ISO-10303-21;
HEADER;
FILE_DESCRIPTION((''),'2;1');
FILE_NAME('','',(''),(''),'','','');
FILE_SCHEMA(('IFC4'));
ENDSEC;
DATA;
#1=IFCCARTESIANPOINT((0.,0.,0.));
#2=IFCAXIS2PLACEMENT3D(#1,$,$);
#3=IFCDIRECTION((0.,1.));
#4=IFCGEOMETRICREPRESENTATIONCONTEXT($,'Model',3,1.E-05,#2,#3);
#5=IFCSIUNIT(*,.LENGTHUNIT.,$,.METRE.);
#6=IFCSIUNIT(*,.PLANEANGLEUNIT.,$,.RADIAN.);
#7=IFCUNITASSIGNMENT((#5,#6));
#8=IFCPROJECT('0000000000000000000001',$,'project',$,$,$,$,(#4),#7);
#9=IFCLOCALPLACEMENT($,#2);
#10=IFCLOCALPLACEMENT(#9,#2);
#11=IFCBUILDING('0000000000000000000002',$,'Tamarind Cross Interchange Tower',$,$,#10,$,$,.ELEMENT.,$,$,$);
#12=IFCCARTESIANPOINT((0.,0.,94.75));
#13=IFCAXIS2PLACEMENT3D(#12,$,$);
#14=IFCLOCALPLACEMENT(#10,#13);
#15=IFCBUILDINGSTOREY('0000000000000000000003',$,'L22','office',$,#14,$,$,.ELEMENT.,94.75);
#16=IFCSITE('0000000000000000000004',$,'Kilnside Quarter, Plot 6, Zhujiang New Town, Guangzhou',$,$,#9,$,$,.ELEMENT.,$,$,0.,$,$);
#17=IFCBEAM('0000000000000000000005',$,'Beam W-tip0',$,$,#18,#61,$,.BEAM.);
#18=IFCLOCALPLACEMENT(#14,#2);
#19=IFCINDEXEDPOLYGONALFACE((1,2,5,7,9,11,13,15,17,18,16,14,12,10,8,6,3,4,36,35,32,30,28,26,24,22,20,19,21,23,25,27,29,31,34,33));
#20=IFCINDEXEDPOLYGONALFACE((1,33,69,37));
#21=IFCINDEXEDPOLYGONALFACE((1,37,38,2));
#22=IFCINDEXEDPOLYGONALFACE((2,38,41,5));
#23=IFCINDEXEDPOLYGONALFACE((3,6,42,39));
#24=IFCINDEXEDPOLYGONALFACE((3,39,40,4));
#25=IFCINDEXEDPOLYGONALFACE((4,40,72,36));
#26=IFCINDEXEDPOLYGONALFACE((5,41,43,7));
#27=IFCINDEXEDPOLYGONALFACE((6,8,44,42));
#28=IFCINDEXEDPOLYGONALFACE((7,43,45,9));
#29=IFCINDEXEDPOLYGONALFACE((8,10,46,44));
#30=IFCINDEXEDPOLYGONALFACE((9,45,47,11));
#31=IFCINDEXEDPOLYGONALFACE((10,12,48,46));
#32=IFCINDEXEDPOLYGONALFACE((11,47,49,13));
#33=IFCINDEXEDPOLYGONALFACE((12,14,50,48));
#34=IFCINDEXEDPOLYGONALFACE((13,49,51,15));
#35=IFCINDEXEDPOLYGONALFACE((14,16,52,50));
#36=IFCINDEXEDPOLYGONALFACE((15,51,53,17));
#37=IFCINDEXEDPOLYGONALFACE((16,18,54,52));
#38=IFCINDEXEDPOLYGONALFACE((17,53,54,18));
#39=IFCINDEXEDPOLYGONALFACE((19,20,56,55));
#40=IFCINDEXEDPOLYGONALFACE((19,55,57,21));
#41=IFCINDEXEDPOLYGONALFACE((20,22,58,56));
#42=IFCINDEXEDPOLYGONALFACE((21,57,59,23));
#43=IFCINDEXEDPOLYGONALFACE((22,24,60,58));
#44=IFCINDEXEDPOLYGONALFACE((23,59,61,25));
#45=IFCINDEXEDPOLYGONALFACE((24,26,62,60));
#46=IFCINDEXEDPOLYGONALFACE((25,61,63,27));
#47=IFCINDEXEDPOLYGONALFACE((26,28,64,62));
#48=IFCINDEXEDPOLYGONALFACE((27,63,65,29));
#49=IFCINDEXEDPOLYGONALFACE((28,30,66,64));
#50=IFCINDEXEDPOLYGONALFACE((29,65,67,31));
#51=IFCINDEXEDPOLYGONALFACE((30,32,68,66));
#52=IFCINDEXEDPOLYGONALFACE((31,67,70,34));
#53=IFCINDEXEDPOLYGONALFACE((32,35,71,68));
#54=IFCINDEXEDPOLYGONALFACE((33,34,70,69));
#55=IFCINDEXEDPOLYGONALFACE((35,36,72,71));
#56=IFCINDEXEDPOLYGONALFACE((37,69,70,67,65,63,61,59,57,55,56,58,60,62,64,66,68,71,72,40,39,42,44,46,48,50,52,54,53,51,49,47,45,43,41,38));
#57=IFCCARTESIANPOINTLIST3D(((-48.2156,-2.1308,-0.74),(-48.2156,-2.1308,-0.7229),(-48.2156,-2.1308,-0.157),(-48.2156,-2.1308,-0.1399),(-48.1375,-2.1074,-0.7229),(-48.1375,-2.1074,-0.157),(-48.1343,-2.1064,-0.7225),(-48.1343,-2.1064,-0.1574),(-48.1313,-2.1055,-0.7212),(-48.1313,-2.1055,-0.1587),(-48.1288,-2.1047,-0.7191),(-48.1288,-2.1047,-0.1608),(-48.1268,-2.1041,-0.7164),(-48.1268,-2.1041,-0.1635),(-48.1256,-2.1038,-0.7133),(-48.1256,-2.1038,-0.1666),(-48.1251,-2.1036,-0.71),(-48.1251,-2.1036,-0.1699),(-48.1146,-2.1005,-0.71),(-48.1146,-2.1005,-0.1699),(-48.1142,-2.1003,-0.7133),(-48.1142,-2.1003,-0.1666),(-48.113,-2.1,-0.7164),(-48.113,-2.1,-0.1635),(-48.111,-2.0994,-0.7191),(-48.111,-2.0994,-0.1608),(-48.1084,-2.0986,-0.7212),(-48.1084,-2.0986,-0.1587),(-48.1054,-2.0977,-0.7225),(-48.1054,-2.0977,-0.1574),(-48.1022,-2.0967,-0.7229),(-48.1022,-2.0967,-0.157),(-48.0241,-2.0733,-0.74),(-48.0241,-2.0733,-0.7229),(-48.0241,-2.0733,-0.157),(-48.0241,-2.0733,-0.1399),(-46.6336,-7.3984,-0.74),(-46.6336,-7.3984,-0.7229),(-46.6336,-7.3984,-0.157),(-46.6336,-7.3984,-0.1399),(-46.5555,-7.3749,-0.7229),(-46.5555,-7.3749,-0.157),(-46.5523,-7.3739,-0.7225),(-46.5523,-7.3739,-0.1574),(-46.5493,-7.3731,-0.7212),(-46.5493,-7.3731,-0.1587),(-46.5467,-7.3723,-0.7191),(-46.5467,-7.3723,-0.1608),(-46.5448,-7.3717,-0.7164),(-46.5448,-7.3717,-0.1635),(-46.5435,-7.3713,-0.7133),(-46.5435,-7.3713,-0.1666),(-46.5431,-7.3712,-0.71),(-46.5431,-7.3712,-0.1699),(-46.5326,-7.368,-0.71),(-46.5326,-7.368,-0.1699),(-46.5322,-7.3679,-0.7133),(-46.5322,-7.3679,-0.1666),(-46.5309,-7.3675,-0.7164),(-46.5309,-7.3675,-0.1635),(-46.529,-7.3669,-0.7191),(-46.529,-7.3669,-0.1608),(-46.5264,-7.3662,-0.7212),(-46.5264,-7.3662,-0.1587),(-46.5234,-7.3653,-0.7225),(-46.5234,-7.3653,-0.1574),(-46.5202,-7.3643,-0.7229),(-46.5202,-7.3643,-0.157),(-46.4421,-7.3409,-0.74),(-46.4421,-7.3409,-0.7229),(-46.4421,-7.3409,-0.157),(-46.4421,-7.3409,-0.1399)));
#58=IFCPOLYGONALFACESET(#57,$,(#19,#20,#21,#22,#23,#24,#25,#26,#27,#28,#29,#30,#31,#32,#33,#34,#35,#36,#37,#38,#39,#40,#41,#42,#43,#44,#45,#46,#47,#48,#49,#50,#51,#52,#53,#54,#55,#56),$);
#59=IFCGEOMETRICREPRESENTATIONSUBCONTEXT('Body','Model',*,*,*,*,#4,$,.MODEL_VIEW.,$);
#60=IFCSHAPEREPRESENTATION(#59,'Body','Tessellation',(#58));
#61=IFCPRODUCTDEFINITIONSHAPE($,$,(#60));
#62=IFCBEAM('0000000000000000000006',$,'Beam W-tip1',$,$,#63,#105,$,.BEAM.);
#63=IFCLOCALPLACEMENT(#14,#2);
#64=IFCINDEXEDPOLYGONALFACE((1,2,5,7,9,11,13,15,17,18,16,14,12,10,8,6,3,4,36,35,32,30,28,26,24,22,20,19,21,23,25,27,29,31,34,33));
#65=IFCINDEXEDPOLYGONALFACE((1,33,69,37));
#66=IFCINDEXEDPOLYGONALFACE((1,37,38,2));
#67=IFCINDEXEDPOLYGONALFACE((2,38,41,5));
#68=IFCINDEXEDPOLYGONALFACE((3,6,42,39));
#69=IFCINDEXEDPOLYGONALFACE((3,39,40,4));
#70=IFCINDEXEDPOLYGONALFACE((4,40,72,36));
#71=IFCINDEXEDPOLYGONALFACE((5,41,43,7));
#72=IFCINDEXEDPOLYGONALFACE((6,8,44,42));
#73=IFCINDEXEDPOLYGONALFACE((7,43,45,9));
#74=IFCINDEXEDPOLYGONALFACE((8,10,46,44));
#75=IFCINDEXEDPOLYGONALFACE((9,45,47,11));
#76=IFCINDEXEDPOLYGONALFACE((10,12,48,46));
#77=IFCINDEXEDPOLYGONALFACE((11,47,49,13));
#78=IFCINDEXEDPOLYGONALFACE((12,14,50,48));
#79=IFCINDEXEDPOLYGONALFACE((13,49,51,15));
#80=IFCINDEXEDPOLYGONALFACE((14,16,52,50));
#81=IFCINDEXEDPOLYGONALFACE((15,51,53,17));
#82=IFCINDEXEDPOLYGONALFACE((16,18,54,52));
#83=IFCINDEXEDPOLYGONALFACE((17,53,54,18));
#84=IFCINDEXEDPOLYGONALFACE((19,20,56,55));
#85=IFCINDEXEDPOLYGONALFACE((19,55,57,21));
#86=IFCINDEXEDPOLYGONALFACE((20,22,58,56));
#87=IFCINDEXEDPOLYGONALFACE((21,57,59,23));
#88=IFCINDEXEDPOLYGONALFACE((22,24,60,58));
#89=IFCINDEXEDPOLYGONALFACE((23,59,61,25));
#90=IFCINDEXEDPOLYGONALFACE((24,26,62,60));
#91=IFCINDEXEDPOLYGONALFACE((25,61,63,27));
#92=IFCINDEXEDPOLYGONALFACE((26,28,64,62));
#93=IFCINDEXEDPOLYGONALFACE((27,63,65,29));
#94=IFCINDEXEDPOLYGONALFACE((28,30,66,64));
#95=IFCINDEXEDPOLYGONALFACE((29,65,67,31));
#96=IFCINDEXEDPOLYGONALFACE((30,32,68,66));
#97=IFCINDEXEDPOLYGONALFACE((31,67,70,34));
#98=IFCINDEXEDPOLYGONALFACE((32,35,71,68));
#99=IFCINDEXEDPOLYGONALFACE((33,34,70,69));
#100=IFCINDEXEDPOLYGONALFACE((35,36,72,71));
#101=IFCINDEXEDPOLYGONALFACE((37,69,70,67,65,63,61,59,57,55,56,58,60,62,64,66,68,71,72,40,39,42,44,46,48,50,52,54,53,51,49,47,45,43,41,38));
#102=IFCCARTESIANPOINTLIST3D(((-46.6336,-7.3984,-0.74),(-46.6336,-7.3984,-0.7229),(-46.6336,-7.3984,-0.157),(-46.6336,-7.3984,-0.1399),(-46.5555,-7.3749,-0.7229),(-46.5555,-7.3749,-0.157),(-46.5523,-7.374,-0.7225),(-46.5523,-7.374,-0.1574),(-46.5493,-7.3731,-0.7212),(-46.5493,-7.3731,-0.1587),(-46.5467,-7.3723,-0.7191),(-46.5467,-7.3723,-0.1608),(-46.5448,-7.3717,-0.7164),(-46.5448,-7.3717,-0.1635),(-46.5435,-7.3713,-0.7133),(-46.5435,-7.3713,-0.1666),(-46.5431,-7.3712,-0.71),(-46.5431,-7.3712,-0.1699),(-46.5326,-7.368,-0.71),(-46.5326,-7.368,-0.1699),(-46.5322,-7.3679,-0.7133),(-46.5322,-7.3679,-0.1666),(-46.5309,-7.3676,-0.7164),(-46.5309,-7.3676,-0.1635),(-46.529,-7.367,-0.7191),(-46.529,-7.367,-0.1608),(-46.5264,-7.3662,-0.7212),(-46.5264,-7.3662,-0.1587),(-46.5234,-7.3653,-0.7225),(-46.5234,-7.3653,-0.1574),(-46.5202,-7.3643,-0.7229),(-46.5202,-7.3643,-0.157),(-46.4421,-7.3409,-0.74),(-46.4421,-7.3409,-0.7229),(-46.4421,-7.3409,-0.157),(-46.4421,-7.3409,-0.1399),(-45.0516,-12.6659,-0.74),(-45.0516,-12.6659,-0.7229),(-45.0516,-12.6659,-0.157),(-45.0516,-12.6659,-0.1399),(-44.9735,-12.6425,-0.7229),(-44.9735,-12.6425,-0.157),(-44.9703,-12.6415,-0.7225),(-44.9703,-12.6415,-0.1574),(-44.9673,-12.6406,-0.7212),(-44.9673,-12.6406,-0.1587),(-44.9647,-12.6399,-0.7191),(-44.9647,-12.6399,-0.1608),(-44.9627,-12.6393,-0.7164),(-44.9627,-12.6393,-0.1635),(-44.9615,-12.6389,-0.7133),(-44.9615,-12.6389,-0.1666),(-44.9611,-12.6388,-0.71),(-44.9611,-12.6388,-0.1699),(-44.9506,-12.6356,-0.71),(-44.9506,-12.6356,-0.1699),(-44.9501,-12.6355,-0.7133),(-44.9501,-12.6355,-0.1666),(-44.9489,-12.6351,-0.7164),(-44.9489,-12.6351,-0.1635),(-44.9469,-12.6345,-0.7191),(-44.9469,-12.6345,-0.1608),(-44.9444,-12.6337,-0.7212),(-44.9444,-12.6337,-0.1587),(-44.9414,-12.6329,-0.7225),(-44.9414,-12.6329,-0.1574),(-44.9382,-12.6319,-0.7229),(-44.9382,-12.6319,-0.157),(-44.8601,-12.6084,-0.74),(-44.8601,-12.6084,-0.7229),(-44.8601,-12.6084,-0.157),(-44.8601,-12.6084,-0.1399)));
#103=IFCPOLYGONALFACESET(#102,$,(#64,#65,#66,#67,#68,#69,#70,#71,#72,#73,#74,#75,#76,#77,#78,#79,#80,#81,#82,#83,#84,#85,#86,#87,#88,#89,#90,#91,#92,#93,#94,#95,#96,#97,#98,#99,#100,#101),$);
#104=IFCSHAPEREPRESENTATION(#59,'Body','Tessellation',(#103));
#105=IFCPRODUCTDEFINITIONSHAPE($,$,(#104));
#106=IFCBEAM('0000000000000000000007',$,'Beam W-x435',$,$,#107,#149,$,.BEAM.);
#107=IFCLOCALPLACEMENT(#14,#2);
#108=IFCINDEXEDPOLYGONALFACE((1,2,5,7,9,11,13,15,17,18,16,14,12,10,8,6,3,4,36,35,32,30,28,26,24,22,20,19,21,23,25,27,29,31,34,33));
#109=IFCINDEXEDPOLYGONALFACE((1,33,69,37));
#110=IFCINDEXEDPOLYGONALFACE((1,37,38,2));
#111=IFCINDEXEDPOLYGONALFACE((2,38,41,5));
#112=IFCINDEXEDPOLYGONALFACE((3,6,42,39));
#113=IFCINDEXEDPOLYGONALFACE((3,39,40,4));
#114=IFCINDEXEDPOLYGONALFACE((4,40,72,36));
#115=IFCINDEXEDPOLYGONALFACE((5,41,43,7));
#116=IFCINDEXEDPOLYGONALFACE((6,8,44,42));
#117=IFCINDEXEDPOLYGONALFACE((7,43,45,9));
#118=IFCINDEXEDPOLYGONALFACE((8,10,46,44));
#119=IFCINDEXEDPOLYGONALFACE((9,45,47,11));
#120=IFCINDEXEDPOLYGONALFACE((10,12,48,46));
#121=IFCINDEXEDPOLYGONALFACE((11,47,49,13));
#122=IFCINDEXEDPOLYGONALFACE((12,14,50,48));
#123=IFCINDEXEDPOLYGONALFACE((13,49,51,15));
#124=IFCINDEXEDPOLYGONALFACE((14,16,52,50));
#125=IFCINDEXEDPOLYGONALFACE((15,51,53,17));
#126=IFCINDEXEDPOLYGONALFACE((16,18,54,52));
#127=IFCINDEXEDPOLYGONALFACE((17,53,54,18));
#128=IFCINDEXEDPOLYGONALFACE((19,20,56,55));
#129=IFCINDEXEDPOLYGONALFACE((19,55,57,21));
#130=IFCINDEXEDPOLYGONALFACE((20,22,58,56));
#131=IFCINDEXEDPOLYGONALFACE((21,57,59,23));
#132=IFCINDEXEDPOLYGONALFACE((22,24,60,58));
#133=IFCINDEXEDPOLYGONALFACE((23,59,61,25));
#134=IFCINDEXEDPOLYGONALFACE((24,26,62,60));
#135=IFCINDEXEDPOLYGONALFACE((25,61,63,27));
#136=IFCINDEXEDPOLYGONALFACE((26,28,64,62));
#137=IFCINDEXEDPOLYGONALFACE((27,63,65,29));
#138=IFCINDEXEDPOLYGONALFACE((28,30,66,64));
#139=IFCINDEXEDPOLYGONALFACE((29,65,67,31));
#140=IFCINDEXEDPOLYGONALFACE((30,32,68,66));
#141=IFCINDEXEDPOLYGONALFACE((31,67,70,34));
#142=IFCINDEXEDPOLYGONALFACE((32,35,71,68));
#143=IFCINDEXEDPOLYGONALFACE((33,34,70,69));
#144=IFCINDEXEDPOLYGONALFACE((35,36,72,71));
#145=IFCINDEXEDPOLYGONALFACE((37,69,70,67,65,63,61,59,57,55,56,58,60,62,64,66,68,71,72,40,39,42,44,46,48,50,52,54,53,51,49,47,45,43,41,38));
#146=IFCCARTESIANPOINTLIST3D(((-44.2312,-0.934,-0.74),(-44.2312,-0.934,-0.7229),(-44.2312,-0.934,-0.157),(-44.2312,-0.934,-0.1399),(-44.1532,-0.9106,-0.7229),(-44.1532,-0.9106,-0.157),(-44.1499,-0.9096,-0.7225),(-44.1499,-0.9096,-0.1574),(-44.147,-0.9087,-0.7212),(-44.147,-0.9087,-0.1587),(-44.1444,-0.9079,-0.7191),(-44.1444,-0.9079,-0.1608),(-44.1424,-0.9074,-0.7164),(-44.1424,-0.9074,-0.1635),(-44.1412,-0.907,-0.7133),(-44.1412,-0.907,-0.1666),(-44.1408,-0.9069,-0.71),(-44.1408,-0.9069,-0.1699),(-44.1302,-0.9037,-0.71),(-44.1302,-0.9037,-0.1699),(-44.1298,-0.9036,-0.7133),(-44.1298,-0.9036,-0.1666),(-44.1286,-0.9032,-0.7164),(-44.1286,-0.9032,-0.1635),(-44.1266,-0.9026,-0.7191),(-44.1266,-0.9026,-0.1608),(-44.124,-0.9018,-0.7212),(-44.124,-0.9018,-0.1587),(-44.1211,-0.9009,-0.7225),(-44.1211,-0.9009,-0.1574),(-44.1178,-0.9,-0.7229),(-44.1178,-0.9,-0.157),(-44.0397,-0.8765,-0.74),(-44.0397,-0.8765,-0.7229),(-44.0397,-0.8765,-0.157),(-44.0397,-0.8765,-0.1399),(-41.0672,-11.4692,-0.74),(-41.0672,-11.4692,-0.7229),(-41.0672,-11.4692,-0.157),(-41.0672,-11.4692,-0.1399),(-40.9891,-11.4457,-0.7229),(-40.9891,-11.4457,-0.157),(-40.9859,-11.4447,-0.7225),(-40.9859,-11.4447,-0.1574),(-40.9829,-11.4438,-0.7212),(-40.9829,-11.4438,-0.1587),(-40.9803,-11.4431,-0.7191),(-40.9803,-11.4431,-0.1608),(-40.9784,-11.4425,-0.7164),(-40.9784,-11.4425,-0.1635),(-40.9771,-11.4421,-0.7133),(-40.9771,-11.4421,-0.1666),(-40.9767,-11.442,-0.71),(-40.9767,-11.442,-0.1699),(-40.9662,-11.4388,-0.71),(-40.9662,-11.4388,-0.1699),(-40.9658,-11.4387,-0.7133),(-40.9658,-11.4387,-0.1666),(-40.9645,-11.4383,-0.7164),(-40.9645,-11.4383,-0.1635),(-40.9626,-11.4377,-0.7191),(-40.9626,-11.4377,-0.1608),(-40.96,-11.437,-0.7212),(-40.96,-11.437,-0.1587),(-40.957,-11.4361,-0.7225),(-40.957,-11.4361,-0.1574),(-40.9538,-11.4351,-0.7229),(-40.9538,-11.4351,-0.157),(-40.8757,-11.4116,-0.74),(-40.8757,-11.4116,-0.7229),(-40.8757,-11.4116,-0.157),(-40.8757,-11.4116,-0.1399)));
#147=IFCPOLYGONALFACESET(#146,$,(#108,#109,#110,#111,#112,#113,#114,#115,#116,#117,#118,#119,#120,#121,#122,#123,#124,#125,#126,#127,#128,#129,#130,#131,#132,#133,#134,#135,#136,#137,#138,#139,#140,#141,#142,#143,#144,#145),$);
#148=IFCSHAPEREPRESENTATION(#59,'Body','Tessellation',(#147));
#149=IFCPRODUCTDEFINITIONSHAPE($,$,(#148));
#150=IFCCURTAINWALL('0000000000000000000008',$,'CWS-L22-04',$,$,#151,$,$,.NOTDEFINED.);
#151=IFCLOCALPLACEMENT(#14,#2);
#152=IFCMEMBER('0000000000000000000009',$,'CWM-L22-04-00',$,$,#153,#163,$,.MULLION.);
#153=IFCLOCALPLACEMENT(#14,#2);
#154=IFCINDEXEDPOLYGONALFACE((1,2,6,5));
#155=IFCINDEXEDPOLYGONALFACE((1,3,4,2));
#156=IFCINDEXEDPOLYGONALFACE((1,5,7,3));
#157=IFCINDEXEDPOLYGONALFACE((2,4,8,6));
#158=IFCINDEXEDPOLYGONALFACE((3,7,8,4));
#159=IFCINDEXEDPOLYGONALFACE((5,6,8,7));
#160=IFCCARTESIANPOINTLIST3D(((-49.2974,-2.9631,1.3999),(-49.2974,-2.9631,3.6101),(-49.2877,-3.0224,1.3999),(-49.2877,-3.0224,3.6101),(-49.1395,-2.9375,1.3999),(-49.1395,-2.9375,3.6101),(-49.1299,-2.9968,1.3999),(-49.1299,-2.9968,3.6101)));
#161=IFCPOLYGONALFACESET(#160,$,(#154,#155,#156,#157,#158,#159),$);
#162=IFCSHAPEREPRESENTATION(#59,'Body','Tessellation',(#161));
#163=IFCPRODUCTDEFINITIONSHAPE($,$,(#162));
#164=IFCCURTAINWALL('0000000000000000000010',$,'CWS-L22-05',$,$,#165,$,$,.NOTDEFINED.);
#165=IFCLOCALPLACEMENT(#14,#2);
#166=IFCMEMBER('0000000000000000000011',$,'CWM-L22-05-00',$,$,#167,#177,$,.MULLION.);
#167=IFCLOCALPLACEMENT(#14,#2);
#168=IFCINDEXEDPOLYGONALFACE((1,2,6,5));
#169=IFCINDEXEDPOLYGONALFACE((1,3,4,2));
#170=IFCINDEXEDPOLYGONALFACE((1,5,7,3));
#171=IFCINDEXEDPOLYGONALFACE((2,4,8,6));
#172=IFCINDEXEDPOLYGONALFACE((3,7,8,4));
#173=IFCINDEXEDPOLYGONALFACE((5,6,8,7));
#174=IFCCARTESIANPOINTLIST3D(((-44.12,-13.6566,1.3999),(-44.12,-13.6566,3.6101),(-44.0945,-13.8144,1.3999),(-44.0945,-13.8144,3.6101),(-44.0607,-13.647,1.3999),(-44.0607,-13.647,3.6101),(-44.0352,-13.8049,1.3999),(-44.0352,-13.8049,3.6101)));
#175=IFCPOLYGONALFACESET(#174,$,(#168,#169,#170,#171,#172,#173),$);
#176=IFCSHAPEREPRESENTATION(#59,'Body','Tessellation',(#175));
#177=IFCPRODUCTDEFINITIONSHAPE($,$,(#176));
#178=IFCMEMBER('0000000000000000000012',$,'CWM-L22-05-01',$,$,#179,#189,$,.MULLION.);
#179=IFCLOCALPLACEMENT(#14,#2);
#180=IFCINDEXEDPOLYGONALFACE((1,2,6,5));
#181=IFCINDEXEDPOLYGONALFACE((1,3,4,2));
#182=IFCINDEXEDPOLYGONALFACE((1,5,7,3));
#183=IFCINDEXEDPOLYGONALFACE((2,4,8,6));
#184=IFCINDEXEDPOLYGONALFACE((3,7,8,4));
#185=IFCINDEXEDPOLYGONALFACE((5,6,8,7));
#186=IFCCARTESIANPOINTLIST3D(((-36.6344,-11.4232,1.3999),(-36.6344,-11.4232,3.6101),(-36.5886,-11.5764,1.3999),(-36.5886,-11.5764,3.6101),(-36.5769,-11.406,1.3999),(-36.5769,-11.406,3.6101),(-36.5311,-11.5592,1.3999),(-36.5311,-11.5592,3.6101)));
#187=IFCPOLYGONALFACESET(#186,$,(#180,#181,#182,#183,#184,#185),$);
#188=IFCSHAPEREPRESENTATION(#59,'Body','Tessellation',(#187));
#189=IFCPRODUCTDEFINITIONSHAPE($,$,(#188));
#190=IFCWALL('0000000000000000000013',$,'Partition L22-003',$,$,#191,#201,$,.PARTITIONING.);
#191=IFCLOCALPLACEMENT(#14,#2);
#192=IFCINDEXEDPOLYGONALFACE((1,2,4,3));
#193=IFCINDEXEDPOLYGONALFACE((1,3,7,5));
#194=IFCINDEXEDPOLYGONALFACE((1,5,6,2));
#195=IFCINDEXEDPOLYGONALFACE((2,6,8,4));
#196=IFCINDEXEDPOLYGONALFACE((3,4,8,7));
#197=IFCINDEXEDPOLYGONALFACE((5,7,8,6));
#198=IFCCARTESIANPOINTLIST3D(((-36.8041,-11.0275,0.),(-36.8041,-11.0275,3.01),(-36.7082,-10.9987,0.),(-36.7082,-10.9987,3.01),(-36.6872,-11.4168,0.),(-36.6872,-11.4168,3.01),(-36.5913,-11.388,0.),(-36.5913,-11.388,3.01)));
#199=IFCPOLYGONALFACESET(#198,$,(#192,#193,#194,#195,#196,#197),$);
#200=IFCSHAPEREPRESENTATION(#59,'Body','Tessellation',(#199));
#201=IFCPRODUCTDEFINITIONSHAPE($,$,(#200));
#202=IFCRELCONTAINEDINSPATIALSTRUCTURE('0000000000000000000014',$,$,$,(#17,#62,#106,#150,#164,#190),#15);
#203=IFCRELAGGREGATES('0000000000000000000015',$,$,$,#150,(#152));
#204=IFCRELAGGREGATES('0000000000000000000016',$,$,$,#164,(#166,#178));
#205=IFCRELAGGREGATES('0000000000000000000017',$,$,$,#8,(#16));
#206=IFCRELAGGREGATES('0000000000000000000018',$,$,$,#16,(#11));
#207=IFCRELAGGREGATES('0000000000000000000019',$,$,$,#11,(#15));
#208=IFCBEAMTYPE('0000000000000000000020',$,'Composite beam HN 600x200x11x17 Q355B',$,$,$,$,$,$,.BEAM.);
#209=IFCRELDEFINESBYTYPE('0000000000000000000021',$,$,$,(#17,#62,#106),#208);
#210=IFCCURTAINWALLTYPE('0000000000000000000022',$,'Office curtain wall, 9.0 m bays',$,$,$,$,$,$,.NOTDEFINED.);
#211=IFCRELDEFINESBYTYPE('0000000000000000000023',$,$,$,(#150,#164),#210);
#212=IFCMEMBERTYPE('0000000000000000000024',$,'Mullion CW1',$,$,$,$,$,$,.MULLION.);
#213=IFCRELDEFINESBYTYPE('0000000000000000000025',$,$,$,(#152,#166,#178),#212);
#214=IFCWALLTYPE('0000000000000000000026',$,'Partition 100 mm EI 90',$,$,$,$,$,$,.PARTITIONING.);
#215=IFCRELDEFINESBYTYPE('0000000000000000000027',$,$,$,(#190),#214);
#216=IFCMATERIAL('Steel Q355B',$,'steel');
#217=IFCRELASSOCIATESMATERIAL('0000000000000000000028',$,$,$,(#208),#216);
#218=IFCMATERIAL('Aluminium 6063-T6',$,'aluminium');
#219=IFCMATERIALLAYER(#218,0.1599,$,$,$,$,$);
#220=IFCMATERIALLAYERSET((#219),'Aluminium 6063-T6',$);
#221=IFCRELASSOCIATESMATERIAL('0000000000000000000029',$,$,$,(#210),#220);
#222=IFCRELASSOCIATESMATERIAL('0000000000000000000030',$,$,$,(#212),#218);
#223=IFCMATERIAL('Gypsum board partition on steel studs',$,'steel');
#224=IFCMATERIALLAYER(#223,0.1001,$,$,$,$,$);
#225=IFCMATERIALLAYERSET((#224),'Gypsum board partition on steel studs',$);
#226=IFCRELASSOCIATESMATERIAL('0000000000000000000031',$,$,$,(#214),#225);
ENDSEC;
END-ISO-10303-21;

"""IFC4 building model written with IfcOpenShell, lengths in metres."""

from ifc_helpers import new_model, si_unit, direction, frame, frame_2d, origin, origin_2d, place, context, subcontext, project, spatial, rectangle, i_section, extrude, material, layer, layer_set, material_profile, profile_set, type_object, element, aggregate, save


model = new_model("IFC4")

# Units and contexts
model_context = context("Model", 3, precision=1e-05, world=origin(), true_north=direction((0.0, 1.0)))
body_context = subcontext(model_context, "Body", "Model", "MODEL_VIEW")
ifc_project = project(units=[si_unit("LENGTHUNIT", "METRE"), si_unit("PLANEANGLEUNIT", "RADIAN")], contexts=[model_context])

# Site, building, storey
site_placement = place(None, origin())
site = spatial("IfcSite", under=ifc_project, at=site_placement, Name="Kilnside Quarter, Plot 6, Zhujiang New Town, Guangzhou", CompositionType="ELEMENT", RefElevation=0.0)
building_placement = place(site_placement, origin())
building = spatial("IfcBuilding", under=site, at=building_placement, Name="Tamarind Cross Interchange Tower", CompositionType="ELEMENT")
storey_placement = place(building_placement, frame((0.0, 0.0, 94.75)))
storey = spatial("IfcBuildingStorey", under=building, at=storey_placement, Name="L22", Description="office", CompositionType="ELEMENT", Elevation=94.75)

# Beams
ifc_material_1 = material(Name="Steel Q355B", Category="steel")
ifc_material_profile_1 = material_profile(ifc_material_1, i_section(OverallWidth=0.2, OverallDepth=0.6001, WebThickness=0.011, FlangeThickness=0.0171, FilletRadius=0.0129, at=origin_2d()), Name="HN 600x200x11x17")
ifc_profile_set_1 = profile_set([ifc_material_profile_1], Name="Steel Q355B")
beam_type_1 = type_object("IfcBeamType", Name="Composite beam HN 600x200x11x17 Q355B", PredefinedType="BEAM", material=ifc_profile_set_1)
for number, where, z_axis, x_axis, name in (
    (1, (-48.1199, -2.1021, -0.4399), (0.287641, -0.957738, 0.0), (0.957738, 0.287641, 0.0), "Beam W-tip0"),
    (2, (-46.5378, -7.3696, -0.4399), (0.287641, -0.957738, 0.0), (0.957738, 0.287641, 0.0), "Beam W-tip1"),
):
    element("IfcBeam", number, at=place(storey_placement, frame(where, z_axis=z_axis, x_axis=x_axis)), inside=storey, type_object=beam_type_1, Name=name, PredefinedType="BEAM", context=body_context, shape_type="SweptSolid", body=[
        extrude(i_section(OverallWidth=0.2, OverallDepth=0.6001, WebThickness=0.011, FlangeThickness=0.0171, FilletRadius=0.0129, at=origin_2d()), origin(), (0.0, 0.0, 1.0), 5.5),
    ])
beam_1_placement = place(storey_placement, frame((-44.1355, -0.9053, -0.4399), z_axis=(0.287641, -0.957738, 0.0), x_axis=(0.957738, 0.287641, 0.0)))
element("IfcBeam", 3, at=beam_1_placement, inside=storey, type_object=beam_type_1, Name="Beam W-x435", PredefinedType="BEAM", context=body_context, shape_type="SweptSolid", body=[
    extrude(i_section(OverallWidth=0.2, OverallDepth=0.6001, WebThickness=0.011, FlangeThickness=0.0171, FilletRadius=0.0129, at=origin_2d()), origin(), (0.0, 0.0, 1.0), 11.0),
])

# Curtain wall, member
ifc_material_2 = material(Name="Aluminium 6063-T6", Category="aluminium")
ifc_layer_1 = layer(ifc_material_2, 0.1599)
ifc_layer_set_1 = layer_set([ifc_layer_1], Name="Aluminium 6063-T6")
curtain_wall_type = type_object("IfcCurtainWallType", Name="Office curtain wall, 9.0 m bays", PredefinedType="NOTDEFINED", material=ifc_layer_set_1)
curtain_wall_1_placement = place(storey_placement, origin())
curtain_wall_1 = element("IfcCurtainWall", 4, at=curtain_wall_1_placement, inside=storey, type_object=curtain_wall_type, Name="CWS-L22-04", PredefinedType="NOTDEFINED")
ifc_material_profile_2 = material_profile(ifc_material_2, rectangle(XDim=0.0601, YDim=0.1599, at=origin_2d()), Name="Mullion CW1")
ifc_profile_set_2 = profile_set([ifc_material_profile_2], Name="Aluminium 6063-T6")
member_type = type_object("IfcMemberType", Name="Mullion CW1", PredefinedType="MULLION", material=ifc_profile_set_2)
member_1_placement = place(storey_placement, frame((-49.2136, -2.98, 1.3999), z_axis=(0.0, 0.0, 1.0), x_axis=(0.160171, -0.987089, 0.0)))
member_1 = element("IfcMember", 5, at=member_1_placement, type_object=member_type, Name="CWM-L22-04-00", PredefinedType="MULLION", context=body_context, shape_type="SweptSolid", body=[
    extrude(rectangle(XDim=0.0601, YDim=0.1599, at=origin_2d()), origin(), (0.0, 0.0, 1.0), 2.2102),
])
aggregate(curtain_wall_1, [member_1])

# Curtain wall, members
curtain_wall_2_placement = place(storey_placement, origin())
curtain_wall_2 = element("IfcCurtainWall", 6, at=curtain_wall_2_placement, inside=storey, type_object=curtain_wall_type, Name="CWS-L22-05", PredefinedType="NOTDEFINED")
member_2_placement = place(storey_placement, frame((-44.0776, -13.7307, 1.3999), z_axis=(0.0, 0.0, 1.0), x_axis=(0.987201, 0.159482, 0.0)))
member_2 = element("IfcMember", 7, at=member_2_placement, type_object=member_type, Name="CWM-L22-05-00", PredefinedType="MULLION", context=body_context, shape_type="SweptSolid", body=[
    extrude(rectangle(XDim=0.0601, YDim=0.1599, at=origin_2d()), origin(), (0.0, 0.0, 1.0), 2.2102),
])
member_3_placement = place(storey_placement, frame((-36.5828, -11.4912, 1.3999), z_axis=(0.0, 0.0, 1.0), x_axis=(0.958139, 0.286304, 0.0)))
member_3 = element("IfcMember", 8, at=member_3_placement, type_object=member_type, Name="CWM-L22-05-01", PredefinedType="MULLION", context=body_context, shape_type="SweptSolid", body=[
    extrude(rectangle(XDim=0.0601, YDim=0.1599, at=origin_2d()), origin(), (0.0, 0.0, 1.0), 2.2102),
])
aggregate(curtain_wall_2, [member_2, member_3])

# Wall
ifc_material_3 = material(Name="Gypsum board partition on steel studs", Category="steel")
ifc_layer_2 = layer(ifc_material_3, 0.1001)
ifc_layer_set_2 = layer_set([ifc_layer_2], Name="Gypsum board partition on steel studs")
wall_type_1 = type_object("IfcWallType", Name="Partition 100 mm EI 90", PredefinedType="PARTITIONING", material=ifc_layer_set_2)
wall_1_placement = place(storey_placement, frame((-36.7561, -11.0132, 0.0), z_axis=(0.0, 0.0, 1.0), x_axis=(0.287623, -0.957744, 0.0)))
element("IfcWall", 9, at=wall_1_placement, inside=storey, type_object=wall_type_1, Name="Partition L22-003", PredefinedType="PARTITIONING", context=body_context, shape_type="SweptSolid", body=[
    extrude(rectangle(XDim=0.4065, YDim=0.1001, at=frame_2d((0.2031, 0.0))), origin(), (0.0, 0.0, 1.0), 3.01),
])

save(model, "model.ifc")
